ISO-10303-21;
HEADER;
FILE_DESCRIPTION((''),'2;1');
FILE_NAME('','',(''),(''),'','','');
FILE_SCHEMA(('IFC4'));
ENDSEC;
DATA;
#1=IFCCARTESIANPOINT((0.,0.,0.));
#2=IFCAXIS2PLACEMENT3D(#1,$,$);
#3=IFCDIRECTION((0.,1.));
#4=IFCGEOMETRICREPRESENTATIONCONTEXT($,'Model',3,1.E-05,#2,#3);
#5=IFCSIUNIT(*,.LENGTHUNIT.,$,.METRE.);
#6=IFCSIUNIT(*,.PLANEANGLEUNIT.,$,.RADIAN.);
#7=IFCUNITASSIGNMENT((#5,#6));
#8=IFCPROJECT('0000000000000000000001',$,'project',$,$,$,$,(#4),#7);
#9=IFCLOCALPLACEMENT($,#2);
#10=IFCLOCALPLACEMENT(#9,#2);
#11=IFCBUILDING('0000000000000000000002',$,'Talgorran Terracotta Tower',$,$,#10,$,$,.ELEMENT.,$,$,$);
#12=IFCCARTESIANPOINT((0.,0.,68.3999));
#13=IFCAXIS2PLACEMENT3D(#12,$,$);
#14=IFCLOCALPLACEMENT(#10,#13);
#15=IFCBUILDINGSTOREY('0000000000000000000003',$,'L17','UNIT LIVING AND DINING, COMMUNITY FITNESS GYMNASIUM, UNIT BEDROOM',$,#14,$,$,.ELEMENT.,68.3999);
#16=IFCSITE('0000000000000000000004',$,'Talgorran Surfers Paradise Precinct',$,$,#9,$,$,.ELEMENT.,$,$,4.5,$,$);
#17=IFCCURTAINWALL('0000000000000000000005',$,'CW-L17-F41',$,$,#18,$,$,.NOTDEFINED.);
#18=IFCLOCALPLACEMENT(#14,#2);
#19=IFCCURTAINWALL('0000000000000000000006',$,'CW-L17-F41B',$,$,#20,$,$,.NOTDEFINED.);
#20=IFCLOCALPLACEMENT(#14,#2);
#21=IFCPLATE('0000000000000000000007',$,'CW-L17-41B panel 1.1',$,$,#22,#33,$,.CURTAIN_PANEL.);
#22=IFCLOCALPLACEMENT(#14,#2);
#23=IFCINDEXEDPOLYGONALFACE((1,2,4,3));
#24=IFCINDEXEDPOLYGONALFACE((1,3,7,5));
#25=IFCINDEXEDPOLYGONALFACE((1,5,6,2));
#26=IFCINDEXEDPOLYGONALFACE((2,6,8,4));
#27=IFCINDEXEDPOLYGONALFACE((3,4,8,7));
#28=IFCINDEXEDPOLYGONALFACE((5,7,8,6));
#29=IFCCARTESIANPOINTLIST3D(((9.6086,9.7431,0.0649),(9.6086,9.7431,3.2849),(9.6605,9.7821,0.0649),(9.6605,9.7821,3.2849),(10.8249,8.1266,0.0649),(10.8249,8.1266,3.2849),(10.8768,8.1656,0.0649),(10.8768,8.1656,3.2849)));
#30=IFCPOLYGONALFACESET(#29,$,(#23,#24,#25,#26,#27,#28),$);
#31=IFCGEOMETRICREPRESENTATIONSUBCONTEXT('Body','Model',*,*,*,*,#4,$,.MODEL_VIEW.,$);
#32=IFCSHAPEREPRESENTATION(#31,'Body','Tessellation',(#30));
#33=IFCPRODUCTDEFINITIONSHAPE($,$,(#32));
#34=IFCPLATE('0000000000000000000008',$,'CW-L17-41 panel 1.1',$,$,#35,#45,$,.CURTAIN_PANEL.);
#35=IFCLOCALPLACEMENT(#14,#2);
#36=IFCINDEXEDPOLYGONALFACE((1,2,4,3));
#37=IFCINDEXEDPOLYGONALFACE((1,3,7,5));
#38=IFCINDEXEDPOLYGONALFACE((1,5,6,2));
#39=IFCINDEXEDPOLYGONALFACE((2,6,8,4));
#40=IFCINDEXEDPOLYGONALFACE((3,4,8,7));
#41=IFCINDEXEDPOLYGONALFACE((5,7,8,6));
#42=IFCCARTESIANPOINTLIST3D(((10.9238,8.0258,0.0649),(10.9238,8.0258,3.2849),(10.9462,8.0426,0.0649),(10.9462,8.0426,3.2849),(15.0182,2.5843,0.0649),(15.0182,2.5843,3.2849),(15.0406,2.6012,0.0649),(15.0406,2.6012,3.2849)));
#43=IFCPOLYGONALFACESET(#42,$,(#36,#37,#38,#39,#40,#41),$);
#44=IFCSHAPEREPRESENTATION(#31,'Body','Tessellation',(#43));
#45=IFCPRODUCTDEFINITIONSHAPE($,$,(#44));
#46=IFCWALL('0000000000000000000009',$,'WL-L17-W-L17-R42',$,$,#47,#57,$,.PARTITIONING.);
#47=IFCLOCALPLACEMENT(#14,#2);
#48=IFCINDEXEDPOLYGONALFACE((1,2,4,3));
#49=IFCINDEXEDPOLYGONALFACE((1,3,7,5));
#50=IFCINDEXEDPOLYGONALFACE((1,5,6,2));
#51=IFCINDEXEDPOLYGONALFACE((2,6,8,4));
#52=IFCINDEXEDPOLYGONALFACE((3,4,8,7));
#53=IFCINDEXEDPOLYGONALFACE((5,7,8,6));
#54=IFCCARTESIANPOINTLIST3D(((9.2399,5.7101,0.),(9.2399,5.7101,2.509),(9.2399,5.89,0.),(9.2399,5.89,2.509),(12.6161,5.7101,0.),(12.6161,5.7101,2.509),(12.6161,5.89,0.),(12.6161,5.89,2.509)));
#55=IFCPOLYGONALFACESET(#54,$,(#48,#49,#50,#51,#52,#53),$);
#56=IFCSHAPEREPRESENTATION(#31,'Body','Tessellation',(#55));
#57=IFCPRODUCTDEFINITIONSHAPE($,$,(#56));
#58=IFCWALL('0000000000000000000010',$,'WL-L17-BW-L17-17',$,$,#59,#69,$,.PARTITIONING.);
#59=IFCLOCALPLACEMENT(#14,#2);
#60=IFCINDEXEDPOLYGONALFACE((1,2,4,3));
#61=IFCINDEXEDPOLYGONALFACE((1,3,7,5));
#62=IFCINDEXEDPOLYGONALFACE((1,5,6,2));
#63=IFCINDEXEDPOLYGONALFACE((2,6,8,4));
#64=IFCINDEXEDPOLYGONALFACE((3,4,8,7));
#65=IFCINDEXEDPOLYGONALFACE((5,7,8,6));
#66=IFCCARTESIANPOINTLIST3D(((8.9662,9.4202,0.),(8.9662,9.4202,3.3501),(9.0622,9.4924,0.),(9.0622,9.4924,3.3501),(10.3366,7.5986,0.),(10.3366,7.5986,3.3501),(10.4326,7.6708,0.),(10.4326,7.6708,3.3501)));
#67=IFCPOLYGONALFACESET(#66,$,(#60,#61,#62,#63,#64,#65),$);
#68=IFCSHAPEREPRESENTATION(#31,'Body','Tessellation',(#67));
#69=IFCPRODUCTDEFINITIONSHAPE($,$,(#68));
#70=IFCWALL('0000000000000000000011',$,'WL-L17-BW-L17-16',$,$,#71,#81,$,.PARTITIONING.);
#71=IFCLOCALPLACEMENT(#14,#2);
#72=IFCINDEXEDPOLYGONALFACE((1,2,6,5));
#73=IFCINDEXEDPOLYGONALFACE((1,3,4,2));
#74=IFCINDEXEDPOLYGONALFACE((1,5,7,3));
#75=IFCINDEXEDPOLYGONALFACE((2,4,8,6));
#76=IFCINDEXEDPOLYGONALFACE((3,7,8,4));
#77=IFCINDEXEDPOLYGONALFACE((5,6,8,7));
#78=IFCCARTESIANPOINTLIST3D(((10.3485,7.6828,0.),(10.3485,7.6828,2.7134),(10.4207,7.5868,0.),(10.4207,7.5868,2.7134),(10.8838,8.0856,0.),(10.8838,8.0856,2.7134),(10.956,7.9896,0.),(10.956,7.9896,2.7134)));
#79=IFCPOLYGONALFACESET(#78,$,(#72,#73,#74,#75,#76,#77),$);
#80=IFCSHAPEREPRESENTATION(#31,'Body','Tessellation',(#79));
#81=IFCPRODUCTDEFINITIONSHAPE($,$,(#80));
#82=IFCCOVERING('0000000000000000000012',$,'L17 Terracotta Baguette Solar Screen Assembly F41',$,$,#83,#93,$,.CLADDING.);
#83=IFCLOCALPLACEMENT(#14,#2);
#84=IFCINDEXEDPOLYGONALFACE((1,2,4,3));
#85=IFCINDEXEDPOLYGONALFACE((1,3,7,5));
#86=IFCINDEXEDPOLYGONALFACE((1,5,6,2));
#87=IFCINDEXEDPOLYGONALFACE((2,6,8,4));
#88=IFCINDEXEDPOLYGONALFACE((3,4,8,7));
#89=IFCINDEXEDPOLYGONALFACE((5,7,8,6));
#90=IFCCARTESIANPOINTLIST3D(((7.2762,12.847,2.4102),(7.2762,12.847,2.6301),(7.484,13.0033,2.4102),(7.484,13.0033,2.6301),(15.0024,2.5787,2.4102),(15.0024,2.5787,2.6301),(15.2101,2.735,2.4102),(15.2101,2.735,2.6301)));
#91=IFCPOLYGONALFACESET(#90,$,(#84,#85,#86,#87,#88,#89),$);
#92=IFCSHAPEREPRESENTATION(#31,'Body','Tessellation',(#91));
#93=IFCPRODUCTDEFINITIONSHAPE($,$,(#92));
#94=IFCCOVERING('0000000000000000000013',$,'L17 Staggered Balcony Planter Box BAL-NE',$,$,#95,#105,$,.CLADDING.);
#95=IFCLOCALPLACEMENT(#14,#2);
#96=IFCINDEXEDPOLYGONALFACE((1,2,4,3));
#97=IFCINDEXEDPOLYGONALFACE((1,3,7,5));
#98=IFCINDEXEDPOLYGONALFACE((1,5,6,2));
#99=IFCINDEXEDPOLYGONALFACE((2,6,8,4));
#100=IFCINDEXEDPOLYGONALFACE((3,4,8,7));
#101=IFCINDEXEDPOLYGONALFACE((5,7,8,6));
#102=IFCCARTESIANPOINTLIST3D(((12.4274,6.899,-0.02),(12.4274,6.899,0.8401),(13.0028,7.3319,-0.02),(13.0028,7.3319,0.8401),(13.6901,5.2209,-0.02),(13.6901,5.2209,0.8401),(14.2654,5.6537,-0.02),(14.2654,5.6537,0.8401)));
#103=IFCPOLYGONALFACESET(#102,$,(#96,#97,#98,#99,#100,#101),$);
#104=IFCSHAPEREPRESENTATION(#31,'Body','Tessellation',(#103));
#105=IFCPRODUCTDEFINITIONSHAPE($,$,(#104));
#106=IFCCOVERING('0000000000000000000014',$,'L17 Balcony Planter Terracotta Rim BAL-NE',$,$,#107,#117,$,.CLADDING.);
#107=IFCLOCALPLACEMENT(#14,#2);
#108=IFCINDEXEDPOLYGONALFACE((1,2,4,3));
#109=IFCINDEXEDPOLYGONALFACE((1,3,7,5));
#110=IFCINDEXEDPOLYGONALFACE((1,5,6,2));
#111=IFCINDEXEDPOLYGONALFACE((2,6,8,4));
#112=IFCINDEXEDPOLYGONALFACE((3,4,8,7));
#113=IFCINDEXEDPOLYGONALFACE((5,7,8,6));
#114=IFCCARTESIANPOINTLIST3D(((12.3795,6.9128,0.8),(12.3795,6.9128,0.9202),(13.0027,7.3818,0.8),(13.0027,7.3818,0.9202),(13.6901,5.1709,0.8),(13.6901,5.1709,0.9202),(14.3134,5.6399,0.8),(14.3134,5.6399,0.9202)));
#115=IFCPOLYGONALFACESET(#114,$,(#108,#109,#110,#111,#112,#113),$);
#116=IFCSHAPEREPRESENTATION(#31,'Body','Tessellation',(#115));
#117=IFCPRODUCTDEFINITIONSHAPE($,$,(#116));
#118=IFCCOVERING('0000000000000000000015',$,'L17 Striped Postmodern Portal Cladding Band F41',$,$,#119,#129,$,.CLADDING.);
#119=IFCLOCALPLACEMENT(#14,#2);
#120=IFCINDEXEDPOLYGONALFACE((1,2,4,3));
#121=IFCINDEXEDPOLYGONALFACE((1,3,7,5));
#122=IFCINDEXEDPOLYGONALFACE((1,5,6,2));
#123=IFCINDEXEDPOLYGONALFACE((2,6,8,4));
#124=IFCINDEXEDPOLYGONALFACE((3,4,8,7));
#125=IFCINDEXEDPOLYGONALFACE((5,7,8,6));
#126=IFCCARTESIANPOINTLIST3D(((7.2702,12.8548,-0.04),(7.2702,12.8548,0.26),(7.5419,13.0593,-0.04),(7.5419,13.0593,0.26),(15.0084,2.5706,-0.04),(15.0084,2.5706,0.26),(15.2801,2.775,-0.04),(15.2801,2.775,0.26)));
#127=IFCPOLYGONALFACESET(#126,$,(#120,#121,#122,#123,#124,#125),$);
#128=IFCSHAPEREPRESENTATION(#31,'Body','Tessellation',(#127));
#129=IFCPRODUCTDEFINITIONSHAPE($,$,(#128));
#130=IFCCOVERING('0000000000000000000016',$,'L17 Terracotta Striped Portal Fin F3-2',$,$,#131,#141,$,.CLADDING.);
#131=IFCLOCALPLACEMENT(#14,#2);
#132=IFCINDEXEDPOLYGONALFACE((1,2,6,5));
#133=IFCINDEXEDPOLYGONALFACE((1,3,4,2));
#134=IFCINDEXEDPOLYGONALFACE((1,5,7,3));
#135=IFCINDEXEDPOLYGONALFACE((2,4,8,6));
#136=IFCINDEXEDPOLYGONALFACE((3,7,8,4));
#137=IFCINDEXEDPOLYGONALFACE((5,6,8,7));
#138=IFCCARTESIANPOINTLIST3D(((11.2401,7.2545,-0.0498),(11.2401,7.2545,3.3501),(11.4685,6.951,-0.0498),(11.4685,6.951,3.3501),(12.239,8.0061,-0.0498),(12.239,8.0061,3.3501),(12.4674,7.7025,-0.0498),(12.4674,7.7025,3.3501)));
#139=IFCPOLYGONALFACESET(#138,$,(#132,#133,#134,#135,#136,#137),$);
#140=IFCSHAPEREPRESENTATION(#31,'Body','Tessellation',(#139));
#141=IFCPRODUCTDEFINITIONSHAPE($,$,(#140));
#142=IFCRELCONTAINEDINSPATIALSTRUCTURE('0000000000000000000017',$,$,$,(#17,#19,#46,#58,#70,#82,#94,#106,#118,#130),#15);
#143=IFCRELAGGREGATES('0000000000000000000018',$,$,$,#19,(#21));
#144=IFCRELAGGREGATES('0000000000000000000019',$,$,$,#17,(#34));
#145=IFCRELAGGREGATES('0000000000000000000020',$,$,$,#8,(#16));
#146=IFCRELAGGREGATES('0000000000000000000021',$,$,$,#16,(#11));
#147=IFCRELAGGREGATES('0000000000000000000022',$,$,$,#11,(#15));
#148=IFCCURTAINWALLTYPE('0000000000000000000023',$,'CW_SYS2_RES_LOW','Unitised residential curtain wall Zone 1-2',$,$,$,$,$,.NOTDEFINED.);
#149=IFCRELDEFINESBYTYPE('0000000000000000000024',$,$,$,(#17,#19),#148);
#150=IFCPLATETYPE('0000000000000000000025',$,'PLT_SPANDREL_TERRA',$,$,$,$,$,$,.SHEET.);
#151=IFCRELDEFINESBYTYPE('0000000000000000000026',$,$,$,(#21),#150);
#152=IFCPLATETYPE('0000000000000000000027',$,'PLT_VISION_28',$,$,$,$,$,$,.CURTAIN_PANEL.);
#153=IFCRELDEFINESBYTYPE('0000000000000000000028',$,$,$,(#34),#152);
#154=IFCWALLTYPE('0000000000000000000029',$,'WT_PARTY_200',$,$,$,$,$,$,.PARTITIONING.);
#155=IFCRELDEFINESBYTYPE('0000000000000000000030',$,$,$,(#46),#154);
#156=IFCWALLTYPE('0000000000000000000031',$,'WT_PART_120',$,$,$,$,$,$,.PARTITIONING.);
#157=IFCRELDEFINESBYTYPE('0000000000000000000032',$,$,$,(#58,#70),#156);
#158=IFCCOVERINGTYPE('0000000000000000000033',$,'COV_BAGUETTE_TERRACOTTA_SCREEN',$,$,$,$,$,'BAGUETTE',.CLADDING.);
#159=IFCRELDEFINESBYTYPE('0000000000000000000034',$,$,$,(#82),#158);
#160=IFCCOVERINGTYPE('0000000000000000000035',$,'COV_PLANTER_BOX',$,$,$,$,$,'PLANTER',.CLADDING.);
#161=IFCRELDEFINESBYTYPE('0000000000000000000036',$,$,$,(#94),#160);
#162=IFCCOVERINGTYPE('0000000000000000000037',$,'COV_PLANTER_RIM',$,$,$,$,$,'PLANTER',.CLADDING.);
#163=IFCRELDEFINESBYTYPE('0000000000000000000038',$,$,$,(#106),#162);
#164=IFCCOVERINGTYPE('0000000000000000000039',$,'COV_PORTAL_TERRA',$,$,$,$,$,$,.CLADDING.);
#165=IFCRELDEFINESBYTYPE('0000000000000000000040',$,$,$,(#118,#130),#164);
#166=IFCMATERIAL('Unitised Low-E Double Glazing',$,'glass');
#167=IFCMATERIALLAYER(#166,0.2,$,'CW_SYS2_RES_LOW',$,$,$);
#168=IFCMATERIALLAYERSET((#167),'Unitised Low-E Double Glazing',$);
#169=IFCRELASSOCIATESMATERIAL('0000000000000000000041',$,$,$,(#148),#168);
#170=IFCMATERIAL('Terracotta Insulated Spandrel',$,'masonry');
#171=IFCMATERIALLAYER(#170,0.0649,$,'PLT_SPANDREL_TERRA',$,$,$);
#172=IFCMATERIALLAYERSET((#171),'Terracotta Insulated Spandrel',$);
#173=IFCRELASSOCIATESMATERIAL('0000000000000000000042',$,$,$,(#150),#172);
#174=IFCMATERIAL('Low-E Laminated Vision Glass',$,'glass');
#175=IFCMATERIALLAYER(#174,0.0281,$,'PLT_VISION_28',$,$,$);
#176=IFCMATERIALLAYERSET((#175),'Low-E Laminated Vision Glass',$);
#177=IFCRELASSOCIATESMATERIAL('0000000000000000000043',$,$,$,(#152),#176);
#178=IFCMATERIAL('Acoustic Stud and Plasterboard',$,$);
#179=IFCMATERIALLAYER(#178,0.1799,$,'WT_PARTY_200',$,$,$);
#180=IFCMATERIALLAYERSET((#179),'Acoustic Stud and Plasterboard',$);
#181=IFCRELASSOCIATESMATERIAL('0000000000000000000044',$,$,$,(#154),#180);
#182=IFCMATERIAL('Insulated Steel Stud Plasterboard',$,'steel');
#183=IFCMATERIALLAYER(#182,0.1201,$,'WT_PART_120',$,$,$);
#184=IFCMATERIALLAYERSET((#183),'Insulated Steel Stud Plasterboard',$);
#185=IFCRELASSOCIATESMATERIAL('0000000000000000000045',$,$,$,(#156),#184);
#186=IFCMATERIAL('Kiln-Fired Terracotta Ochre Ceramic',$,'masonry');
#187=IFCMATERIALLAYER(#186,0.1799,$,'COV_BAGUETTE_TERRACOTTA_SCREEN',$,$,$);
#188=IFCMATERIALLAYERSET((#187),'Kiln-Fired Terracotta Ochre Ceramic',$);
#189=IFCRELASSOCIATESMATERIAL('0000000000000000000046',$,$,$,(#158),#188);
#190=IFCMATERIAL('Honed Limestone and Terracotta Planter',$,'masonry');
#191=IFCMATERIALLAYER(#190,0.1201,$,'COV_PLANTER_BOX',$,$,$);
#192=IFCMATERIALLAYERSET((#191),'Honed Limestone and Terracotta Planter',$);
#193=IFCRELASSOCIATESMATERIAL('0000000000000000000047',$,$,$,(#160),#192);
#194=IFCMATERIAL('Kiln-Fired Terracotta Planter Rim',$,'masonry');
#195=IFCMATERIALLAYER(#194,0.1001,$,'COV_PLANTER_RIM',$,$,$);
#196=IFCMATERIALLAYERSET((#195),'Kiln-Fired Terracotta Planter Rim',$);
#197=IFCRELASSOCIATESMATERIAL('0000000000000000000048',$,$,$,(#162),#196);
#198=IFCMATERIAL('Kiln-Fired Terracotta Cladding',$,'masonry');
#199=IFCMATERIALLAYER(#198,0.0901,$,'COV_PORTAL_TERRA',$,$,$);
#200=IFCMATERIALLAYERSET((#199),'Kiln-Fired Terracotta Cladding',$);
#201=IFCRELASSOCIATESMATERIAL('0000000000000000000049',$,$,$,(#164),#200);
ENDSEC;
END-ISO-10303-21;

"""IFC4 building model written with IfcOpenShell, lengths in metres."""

from ifc_helpers import new_model, si_unit, direction, frame, frame_2d, origin, origin_2d, place, context, subcontext, project, spatial, rectangle, extrude, source, transform, mapped, material, layer, layer_set, type_object, type_shapes, element, aggregate, save


model = new_model("IFC4")

# Units and contexts
model_context = context("Model", 3, precision=1e-05, world=origin(), true_north=direction((0.0, 1.0)))
body_context = subcontext(model_context, "Body", "Model", "MODEL_VIEW")
ifc_project = project(units=[si_unit("LENGTHUNIT", "METRE"), si_unit("PLANEANGLEUNIT", "RADIAN")], contexts=[model_context])

# Site, building, storey
site_placement = place(None, origin())
site = spatial("IfcSite", under=ifc_project, at=site_placement, Name="Talgorran Surfers Paradise Precinct", CompositionType="ELEMENT", RefElevation=4.5)
building_placement = place(site_placement, origin())
building = spatial("IfcBuilding", under=site, at=building_placement, Name="Talgorran Terracotta Tower", CompositionType="ELEMENT")
storey_placement = place(building_placement, frame((0.0, 0.0, 68.3999)))
storey = spatial("IfcBuildingStorey", under=building, at=storey_placement, Name="L17", Description="UNIT LIVING AND DINING, COMMUNITY FITNESS GYMNASIUM, UNIT BEDROOM", CompositionType="ELEMENT", Elevation=68.3999)

# Curtain wall
ifc_material_1 = material(Name="Unitised Low-E Double Glazing", Category="glass")
ifc_layer_1 = layer(ifc_material_1, 0.2, Name="CW_SYS2_RES_LOW")
ifc_layer_set_1 = layer_set([ifc_layer_1], Name="Unitised Low-E Double Glazing")
curtain_wall_type = type_object("IfcCurtainWallType", Name="CW_SYS2_RES_LOW", Description="Unitised residential curtain wall Zone 1-2", PredefinedType="NOTDEFINED", material=ifc_layer_set_1)
curtain_wall_1_placement = place(storey_placement, origin())
curtain_wall_1 = element("IfcCurtainWall", 1, at=curtain_wall_1_placement, inside=storey, type_object=curtain_wall_type, Name="CW-L17-F41", PredefinedType="NOTDEFINED")

# Curtain wall
curtain_wall_2_placement = place(storey_placement, origin())
curtain_wall_2 = element("IfcCurtainWall", 2, at=curtain_wall_2_placement, inside=storey, type_object=curtain_wall_type, Name="CW-L17-F41B", PredefinedType="NOTDEFINED")

# Plates
ifc_material_2 = material(Name="Terracotta Insulated Spandrel", Category="masonry")
ifc_layer_2 = layer(ifc_material_2, 0.0649, Name="PLT_SPANDREL_TERRA")
ifc_layer_set_2 = layer_set([ifc_layer_2], Name="Terracotta Insulated Spandrel")
plate_type_1 = type_object("IfcPlateType", Name="PLT_SPANDREL_TERRA", PredefinedType="SHEET", material=ifc_layer_set_2)
shared_shape_1 = source(origin(), body_context, "Body", "SweptSolid", [
    extrude(rectangle(XDim=2.0229, YDim=0.0649, at=origin_2d()), origin(), (0.0, 0.0, 1.0), 3.22),
])
type_shapes(plate_type_1, [shared_shape_1])
plate_1_placement = place(storey_placement, frame((10.2427, 8.9543, 0.0649), z_axis=(0.0, 0.0, 1.0), x_axis=(-0.601248, 0.799063, 0.0)))
plate_1 = element("IfcPlate", 3, at=plate_1_placement, type_object=plate_type_1, Name="CW-L17-41B panel 1.1", PredefinedType="CURTAIN_PANEL", context=body_context, shape_type="MappedRepresentation", body=[
    mapped(shared_shape_1, transform((0.0, 0.0, 0.0), scale=1.0)),
])
aggregate(curtain_wall_2, [plate_1])
ifc_material_3 = material(Name="Low-E Laminated Vision Glass", Category="glass")
ifc_layer_3 = layer(ifc_material_3, 0.0281, Name="PLT_VISION_28")
ifc_layer_set_3 = layer_set([ifc_layer_3], Name="Low-E Laminated Vision Glass")
plate_type_2 = type_object("IfcPlateType", Name="PLT_VISION_28", PredefinedType="CURTAIN_PANEL", material=ifc_layer_set_3)
shared_shape_2 = source(origin(), body_context, "Body", "SweptSolid", [
    extrude(rectangle(XDim=6.8098, YDim=0.0281, at=origin_2d()), origin(), (0.0, 0.0, 1.0), 3.22),
])
type_shapes(plate_type_2, [shared_shape_2])
plate_2_placement = place(storey_placement, frame((12.9822, 5.3135, 0.0649), z_axis=(0.0, 0.0, 1.0), x_axis=(-0.601249, 0.799062, 0.0)))
plate_2 = element("IfcPlate", 4, at=plate_2_placement, type_object=plate_type_2, Name="CW-L17-41 panel 1.1", PredefinedType="CURTAIN_PANEL", context=body_context, shape_type="MappedRepresentation", body=[
    mapped(shared_shape_2, transform((0.0, 0.0, 0.0), scale=1.0)),
])
aggregate(curtain_wall_1, [plate_2])

# Walls
ifc_material_4 = material(Name="Acoustic Stud and Plasterboard")
ifc_layer_4 = layer(ifc_material_4, 0.1799, Name="WT_PARTY_200")
ifc_layer_set_4 = layer_set([ifc_layer_4], Name="Acoustic Stud and Plasterboard")
wall_type_1 = type_object("IfcWallType", Name="WT_PARTY_200", PredefinedType="PARTITIONING", material=ifc_layer_set_4)
wall_1_placement = place(storey_placement, frame((9.24, 5.8, 0.0), z_axis=(0.0, 0.0, 1.0), x_axis=(1.0, 0.0, 0.0)))
element("IfcWall", 5, at=wall_1_placement, inside=storey, type_object=wall_type_1, Name="WL-L17-W-L17-R42", PredefinedType="PARTITIONING", context=body_context, shape_type="SweptSolid", body=[
    extrude(rectangle(XDim=3.3762, YDim=0.1799, at=frame_2d((1.688, 0.0))), origin(), (0.0, 0.0, 1.0), 2.509),
])
ifc_material_5 = material(Name="Insulated Steel Stud Plasterboard", Category="steel")
ifc_layer_5 = layer(ifc_material_5, 0.1201, Name="WT_PART_120")
ifc_layer_set_5 = layer_set([ifc_layer_5], Name="Insulated Steel Stud Plasterboard")
wall_type_2 = type_object("IfcWallType", Name="WT_PART_120", PredefinedType="PARTITIONING", material=ifc_layer_set_5)
wall_2_placement = place(storey_placement, frame((10.3845, 7.6348, 0.0), z_axis=(0.0, 0.0, 1.0), x_axis=(-0.601182, 0.799112, 0.0)))
element("IfcWall", 6, at=wall_2_placement, inside=storey, type_object=wall_type_2, Name="WL-L17-BW-L17-17", PredefinedType="PARTITIONING", context=body_context, shape_type="SweptSolid", body=[
    extrude(rectangle(XDim=2.2795, YDim=0.1201, at=frame_2d((1.1396, 0.0))), origin(), (0.0, 0.0, 1.0), 3.3501),
])
wall_3_placement = place(storey_placement, frame((10.9199, 8.0376, 0.0), z_axis=(0.0, 0.0, 1.0), x_axis=(-0.799081, -0.601224, 0.0)))
element("IfcWall", 7, at=wall_3_placement, inside=storey, type_object=wall_type_2, Name="WL-L17-BW-L17-16", PredefinedType="PARTITIONING", context=body_context, shape_type="SweptSolid", body=[
    extrude(rectangle(XDim=0.6699, YDim=0.1201, at=frame_2d((0.335, 0.0))), origin(), (0.0, 0.0, 1.0), 2.7134),
])

# Coverings
ifc_material_6 = material(Name="Kiln-Fired Terracotta Ochre Ceramic", Category="masonry")
ifc_layer_6 = layer(ifc_material_6, 0.1799, Name="COV_BAGUETTE_TERRACOTTA_SCREEN")
ifc_layer_set_6 = layer_set([ifc_layer_6], Name="Kiln-Fired Terracotta Ochre Ceramic")
covering_type_1 = type_object("IfcCoveringType", Name="COV_BAGUETTE_TERRACOTTA_SCREEN", ElementType="BAGUETTE", PredefinedType="CLADDING", material=ifc_layer_set_6)
covering_1_placement = place(storey_placement, frame((11.2432, 7.791, 2.4102), z_axis=(0.0, 0.0, 1.0), x_axis=(-0.601243, 0.799066, 0.0)))
element("IfcCovering", 8, at=covering_1_placement, inside=storey, type_object=covering_type_1, Name="L17 Terracotta Baguette Solar Screen Assembly F41", PredefinedType="CLADDING", context=body_context, shape_type="SweptSolid", body=[
    extrude(rectangle(XDim=12.8503, YDim=0.26, at=origin_2d()), origin(), (0.0, 0.0, 1.0), 0.22),
])
ifc_material_7 = material(Name="Honed Limestone and Terracotta Planter", Category="masonry")
ifc_layer_7 = layer(ifc_material_7, 0.1201, Name="COV_PLANTER_BOX")
ifc_layer_set_7 = layer_set([ifc_layer_7], Name="Honed Limestone and Terracotta Planter")
covering_type_2 = type_object("IfcCoveringType", Name="COV_PLANTER_BOX", ElementType="PLANTER", PredefinedType="CLADDING", material=ifc_layer_set_7)
covering_2_placement = place(storey_placement, frame((13.3464, 6.2764, -0.02), z_axis=(0.0, 0.0, 1.0), x_axis=(-0.601243, 0.799066, 0.0)))
element("IfcCovering", 9, at=covering_2_placement, inside=storey, type_object=covering_type_2, Name="L17 Staggered Balcony Planter Box BAL-NE", PredefinedType="CLADDING", context=body_context, shape_type="SweptSolid", body=[
    extrude(rectangle(XDim=2.1001, YDim=0.72, at=origin_2d()), origin(), (0.0, 0.0, 1.0), 0.8601),
])
ifc_material_8 = material(Name="Kiln-Fired Terracotta Planter Rim", Category="masonry")
ifc_layer_8 = layer(ifc_material_8, 0.1001, Name="COV_PLANTER_RIM")
ifc_layer_set_8 = layer_set([ifc_layer_8], Name="Kiln-Fired Terracotta Planter Rim")
covering_type_3 = type_object("IfcCoveringType", Name="COV_PLANTER_RIM", ElementType="PLANTER", PredefinedType="CLADDING", material=ifc_layer_set_8)
covering_3_placement = place(storey_placement, frame((13.3464, 6.2764, 0.8), z_axis=(0.0, 0.0, 1.0), x_axis=(-0.601243, 0.799066, 0.0)))
element("IfcCovering", 10, at=covering_3_placement, inside=storey, type_object=covering_type_3, Name="L17 Balcony Planter Terracotta Rim BAL-NE", PredefinedType="CLADDING", context=body_context, shape_type="SweptSolid", body=[
    extrude(rectangle(XDim=2.1799, YDim=0.78, at=origin_2d()), origin(), (0.0, 0.0, 1.0), 0.1201),
])
ifc_material_9 = material(Name="Kiln-Fired Terracotta Cladding", Category="masonry")
ifc_layer_9 = layer(ifc_material_9, 0.0901, Name="COV_PORTAL_TERRA")
ifc_layer_set_9 = layer_set([ifc_layer_9], Name="Kiln-Fired Terracotta Cladding")
covering_type_4 = type_object("IfcCoveringType", Name="COV_PORTAL_TERRA", PredefinedType="CLADDING", material=ifc_layer_set_9)
covering_4_placement = place(storey_placement, frame((11.2751, 7.8149, -0.04), z_axis=(0.0, 0.0, 1.0), x_axis=(-0.601243, 0.799066, 0.0)))
element("IfcCovering", 11, at=covering_4_placement, inside=storey, type_object=covering_type_4, Name="L17 Striped Postmodern Portal Cladding Band F41", PredefinedType="CLADDING", context=body_context, shape_type="SweptSolid", body=[
    extrude(rectangle(XDim=12.8704, YDim=0.3401, at=origin_2d()), origin(), (0.0, 0.0, 1.0), 0.3),
])
covering_5_placement = place(storey_placement, frame((11.8538, 7.4785, -0.0498), z_axis=(0.0, 0.0, 1.0), x_axis=(-0.601243, 0.799066, 0.0)))
element("IfcCovering", 12, at=covering_5_placement, inside=storey, type_object=covering_type_4, Name="L17 Terracotta Striped Portal Fin F3-2", PredefinedType="CLADDING", context=body_context, shape_type="SweptSolid", body=[
    extrude(rectangle(XDim=0.3799, YDim=1.25, at=origin_2d()), origin(), (0.0, 0.0, 1.0), 3.3999),
])

save(model, "model.ifc")
